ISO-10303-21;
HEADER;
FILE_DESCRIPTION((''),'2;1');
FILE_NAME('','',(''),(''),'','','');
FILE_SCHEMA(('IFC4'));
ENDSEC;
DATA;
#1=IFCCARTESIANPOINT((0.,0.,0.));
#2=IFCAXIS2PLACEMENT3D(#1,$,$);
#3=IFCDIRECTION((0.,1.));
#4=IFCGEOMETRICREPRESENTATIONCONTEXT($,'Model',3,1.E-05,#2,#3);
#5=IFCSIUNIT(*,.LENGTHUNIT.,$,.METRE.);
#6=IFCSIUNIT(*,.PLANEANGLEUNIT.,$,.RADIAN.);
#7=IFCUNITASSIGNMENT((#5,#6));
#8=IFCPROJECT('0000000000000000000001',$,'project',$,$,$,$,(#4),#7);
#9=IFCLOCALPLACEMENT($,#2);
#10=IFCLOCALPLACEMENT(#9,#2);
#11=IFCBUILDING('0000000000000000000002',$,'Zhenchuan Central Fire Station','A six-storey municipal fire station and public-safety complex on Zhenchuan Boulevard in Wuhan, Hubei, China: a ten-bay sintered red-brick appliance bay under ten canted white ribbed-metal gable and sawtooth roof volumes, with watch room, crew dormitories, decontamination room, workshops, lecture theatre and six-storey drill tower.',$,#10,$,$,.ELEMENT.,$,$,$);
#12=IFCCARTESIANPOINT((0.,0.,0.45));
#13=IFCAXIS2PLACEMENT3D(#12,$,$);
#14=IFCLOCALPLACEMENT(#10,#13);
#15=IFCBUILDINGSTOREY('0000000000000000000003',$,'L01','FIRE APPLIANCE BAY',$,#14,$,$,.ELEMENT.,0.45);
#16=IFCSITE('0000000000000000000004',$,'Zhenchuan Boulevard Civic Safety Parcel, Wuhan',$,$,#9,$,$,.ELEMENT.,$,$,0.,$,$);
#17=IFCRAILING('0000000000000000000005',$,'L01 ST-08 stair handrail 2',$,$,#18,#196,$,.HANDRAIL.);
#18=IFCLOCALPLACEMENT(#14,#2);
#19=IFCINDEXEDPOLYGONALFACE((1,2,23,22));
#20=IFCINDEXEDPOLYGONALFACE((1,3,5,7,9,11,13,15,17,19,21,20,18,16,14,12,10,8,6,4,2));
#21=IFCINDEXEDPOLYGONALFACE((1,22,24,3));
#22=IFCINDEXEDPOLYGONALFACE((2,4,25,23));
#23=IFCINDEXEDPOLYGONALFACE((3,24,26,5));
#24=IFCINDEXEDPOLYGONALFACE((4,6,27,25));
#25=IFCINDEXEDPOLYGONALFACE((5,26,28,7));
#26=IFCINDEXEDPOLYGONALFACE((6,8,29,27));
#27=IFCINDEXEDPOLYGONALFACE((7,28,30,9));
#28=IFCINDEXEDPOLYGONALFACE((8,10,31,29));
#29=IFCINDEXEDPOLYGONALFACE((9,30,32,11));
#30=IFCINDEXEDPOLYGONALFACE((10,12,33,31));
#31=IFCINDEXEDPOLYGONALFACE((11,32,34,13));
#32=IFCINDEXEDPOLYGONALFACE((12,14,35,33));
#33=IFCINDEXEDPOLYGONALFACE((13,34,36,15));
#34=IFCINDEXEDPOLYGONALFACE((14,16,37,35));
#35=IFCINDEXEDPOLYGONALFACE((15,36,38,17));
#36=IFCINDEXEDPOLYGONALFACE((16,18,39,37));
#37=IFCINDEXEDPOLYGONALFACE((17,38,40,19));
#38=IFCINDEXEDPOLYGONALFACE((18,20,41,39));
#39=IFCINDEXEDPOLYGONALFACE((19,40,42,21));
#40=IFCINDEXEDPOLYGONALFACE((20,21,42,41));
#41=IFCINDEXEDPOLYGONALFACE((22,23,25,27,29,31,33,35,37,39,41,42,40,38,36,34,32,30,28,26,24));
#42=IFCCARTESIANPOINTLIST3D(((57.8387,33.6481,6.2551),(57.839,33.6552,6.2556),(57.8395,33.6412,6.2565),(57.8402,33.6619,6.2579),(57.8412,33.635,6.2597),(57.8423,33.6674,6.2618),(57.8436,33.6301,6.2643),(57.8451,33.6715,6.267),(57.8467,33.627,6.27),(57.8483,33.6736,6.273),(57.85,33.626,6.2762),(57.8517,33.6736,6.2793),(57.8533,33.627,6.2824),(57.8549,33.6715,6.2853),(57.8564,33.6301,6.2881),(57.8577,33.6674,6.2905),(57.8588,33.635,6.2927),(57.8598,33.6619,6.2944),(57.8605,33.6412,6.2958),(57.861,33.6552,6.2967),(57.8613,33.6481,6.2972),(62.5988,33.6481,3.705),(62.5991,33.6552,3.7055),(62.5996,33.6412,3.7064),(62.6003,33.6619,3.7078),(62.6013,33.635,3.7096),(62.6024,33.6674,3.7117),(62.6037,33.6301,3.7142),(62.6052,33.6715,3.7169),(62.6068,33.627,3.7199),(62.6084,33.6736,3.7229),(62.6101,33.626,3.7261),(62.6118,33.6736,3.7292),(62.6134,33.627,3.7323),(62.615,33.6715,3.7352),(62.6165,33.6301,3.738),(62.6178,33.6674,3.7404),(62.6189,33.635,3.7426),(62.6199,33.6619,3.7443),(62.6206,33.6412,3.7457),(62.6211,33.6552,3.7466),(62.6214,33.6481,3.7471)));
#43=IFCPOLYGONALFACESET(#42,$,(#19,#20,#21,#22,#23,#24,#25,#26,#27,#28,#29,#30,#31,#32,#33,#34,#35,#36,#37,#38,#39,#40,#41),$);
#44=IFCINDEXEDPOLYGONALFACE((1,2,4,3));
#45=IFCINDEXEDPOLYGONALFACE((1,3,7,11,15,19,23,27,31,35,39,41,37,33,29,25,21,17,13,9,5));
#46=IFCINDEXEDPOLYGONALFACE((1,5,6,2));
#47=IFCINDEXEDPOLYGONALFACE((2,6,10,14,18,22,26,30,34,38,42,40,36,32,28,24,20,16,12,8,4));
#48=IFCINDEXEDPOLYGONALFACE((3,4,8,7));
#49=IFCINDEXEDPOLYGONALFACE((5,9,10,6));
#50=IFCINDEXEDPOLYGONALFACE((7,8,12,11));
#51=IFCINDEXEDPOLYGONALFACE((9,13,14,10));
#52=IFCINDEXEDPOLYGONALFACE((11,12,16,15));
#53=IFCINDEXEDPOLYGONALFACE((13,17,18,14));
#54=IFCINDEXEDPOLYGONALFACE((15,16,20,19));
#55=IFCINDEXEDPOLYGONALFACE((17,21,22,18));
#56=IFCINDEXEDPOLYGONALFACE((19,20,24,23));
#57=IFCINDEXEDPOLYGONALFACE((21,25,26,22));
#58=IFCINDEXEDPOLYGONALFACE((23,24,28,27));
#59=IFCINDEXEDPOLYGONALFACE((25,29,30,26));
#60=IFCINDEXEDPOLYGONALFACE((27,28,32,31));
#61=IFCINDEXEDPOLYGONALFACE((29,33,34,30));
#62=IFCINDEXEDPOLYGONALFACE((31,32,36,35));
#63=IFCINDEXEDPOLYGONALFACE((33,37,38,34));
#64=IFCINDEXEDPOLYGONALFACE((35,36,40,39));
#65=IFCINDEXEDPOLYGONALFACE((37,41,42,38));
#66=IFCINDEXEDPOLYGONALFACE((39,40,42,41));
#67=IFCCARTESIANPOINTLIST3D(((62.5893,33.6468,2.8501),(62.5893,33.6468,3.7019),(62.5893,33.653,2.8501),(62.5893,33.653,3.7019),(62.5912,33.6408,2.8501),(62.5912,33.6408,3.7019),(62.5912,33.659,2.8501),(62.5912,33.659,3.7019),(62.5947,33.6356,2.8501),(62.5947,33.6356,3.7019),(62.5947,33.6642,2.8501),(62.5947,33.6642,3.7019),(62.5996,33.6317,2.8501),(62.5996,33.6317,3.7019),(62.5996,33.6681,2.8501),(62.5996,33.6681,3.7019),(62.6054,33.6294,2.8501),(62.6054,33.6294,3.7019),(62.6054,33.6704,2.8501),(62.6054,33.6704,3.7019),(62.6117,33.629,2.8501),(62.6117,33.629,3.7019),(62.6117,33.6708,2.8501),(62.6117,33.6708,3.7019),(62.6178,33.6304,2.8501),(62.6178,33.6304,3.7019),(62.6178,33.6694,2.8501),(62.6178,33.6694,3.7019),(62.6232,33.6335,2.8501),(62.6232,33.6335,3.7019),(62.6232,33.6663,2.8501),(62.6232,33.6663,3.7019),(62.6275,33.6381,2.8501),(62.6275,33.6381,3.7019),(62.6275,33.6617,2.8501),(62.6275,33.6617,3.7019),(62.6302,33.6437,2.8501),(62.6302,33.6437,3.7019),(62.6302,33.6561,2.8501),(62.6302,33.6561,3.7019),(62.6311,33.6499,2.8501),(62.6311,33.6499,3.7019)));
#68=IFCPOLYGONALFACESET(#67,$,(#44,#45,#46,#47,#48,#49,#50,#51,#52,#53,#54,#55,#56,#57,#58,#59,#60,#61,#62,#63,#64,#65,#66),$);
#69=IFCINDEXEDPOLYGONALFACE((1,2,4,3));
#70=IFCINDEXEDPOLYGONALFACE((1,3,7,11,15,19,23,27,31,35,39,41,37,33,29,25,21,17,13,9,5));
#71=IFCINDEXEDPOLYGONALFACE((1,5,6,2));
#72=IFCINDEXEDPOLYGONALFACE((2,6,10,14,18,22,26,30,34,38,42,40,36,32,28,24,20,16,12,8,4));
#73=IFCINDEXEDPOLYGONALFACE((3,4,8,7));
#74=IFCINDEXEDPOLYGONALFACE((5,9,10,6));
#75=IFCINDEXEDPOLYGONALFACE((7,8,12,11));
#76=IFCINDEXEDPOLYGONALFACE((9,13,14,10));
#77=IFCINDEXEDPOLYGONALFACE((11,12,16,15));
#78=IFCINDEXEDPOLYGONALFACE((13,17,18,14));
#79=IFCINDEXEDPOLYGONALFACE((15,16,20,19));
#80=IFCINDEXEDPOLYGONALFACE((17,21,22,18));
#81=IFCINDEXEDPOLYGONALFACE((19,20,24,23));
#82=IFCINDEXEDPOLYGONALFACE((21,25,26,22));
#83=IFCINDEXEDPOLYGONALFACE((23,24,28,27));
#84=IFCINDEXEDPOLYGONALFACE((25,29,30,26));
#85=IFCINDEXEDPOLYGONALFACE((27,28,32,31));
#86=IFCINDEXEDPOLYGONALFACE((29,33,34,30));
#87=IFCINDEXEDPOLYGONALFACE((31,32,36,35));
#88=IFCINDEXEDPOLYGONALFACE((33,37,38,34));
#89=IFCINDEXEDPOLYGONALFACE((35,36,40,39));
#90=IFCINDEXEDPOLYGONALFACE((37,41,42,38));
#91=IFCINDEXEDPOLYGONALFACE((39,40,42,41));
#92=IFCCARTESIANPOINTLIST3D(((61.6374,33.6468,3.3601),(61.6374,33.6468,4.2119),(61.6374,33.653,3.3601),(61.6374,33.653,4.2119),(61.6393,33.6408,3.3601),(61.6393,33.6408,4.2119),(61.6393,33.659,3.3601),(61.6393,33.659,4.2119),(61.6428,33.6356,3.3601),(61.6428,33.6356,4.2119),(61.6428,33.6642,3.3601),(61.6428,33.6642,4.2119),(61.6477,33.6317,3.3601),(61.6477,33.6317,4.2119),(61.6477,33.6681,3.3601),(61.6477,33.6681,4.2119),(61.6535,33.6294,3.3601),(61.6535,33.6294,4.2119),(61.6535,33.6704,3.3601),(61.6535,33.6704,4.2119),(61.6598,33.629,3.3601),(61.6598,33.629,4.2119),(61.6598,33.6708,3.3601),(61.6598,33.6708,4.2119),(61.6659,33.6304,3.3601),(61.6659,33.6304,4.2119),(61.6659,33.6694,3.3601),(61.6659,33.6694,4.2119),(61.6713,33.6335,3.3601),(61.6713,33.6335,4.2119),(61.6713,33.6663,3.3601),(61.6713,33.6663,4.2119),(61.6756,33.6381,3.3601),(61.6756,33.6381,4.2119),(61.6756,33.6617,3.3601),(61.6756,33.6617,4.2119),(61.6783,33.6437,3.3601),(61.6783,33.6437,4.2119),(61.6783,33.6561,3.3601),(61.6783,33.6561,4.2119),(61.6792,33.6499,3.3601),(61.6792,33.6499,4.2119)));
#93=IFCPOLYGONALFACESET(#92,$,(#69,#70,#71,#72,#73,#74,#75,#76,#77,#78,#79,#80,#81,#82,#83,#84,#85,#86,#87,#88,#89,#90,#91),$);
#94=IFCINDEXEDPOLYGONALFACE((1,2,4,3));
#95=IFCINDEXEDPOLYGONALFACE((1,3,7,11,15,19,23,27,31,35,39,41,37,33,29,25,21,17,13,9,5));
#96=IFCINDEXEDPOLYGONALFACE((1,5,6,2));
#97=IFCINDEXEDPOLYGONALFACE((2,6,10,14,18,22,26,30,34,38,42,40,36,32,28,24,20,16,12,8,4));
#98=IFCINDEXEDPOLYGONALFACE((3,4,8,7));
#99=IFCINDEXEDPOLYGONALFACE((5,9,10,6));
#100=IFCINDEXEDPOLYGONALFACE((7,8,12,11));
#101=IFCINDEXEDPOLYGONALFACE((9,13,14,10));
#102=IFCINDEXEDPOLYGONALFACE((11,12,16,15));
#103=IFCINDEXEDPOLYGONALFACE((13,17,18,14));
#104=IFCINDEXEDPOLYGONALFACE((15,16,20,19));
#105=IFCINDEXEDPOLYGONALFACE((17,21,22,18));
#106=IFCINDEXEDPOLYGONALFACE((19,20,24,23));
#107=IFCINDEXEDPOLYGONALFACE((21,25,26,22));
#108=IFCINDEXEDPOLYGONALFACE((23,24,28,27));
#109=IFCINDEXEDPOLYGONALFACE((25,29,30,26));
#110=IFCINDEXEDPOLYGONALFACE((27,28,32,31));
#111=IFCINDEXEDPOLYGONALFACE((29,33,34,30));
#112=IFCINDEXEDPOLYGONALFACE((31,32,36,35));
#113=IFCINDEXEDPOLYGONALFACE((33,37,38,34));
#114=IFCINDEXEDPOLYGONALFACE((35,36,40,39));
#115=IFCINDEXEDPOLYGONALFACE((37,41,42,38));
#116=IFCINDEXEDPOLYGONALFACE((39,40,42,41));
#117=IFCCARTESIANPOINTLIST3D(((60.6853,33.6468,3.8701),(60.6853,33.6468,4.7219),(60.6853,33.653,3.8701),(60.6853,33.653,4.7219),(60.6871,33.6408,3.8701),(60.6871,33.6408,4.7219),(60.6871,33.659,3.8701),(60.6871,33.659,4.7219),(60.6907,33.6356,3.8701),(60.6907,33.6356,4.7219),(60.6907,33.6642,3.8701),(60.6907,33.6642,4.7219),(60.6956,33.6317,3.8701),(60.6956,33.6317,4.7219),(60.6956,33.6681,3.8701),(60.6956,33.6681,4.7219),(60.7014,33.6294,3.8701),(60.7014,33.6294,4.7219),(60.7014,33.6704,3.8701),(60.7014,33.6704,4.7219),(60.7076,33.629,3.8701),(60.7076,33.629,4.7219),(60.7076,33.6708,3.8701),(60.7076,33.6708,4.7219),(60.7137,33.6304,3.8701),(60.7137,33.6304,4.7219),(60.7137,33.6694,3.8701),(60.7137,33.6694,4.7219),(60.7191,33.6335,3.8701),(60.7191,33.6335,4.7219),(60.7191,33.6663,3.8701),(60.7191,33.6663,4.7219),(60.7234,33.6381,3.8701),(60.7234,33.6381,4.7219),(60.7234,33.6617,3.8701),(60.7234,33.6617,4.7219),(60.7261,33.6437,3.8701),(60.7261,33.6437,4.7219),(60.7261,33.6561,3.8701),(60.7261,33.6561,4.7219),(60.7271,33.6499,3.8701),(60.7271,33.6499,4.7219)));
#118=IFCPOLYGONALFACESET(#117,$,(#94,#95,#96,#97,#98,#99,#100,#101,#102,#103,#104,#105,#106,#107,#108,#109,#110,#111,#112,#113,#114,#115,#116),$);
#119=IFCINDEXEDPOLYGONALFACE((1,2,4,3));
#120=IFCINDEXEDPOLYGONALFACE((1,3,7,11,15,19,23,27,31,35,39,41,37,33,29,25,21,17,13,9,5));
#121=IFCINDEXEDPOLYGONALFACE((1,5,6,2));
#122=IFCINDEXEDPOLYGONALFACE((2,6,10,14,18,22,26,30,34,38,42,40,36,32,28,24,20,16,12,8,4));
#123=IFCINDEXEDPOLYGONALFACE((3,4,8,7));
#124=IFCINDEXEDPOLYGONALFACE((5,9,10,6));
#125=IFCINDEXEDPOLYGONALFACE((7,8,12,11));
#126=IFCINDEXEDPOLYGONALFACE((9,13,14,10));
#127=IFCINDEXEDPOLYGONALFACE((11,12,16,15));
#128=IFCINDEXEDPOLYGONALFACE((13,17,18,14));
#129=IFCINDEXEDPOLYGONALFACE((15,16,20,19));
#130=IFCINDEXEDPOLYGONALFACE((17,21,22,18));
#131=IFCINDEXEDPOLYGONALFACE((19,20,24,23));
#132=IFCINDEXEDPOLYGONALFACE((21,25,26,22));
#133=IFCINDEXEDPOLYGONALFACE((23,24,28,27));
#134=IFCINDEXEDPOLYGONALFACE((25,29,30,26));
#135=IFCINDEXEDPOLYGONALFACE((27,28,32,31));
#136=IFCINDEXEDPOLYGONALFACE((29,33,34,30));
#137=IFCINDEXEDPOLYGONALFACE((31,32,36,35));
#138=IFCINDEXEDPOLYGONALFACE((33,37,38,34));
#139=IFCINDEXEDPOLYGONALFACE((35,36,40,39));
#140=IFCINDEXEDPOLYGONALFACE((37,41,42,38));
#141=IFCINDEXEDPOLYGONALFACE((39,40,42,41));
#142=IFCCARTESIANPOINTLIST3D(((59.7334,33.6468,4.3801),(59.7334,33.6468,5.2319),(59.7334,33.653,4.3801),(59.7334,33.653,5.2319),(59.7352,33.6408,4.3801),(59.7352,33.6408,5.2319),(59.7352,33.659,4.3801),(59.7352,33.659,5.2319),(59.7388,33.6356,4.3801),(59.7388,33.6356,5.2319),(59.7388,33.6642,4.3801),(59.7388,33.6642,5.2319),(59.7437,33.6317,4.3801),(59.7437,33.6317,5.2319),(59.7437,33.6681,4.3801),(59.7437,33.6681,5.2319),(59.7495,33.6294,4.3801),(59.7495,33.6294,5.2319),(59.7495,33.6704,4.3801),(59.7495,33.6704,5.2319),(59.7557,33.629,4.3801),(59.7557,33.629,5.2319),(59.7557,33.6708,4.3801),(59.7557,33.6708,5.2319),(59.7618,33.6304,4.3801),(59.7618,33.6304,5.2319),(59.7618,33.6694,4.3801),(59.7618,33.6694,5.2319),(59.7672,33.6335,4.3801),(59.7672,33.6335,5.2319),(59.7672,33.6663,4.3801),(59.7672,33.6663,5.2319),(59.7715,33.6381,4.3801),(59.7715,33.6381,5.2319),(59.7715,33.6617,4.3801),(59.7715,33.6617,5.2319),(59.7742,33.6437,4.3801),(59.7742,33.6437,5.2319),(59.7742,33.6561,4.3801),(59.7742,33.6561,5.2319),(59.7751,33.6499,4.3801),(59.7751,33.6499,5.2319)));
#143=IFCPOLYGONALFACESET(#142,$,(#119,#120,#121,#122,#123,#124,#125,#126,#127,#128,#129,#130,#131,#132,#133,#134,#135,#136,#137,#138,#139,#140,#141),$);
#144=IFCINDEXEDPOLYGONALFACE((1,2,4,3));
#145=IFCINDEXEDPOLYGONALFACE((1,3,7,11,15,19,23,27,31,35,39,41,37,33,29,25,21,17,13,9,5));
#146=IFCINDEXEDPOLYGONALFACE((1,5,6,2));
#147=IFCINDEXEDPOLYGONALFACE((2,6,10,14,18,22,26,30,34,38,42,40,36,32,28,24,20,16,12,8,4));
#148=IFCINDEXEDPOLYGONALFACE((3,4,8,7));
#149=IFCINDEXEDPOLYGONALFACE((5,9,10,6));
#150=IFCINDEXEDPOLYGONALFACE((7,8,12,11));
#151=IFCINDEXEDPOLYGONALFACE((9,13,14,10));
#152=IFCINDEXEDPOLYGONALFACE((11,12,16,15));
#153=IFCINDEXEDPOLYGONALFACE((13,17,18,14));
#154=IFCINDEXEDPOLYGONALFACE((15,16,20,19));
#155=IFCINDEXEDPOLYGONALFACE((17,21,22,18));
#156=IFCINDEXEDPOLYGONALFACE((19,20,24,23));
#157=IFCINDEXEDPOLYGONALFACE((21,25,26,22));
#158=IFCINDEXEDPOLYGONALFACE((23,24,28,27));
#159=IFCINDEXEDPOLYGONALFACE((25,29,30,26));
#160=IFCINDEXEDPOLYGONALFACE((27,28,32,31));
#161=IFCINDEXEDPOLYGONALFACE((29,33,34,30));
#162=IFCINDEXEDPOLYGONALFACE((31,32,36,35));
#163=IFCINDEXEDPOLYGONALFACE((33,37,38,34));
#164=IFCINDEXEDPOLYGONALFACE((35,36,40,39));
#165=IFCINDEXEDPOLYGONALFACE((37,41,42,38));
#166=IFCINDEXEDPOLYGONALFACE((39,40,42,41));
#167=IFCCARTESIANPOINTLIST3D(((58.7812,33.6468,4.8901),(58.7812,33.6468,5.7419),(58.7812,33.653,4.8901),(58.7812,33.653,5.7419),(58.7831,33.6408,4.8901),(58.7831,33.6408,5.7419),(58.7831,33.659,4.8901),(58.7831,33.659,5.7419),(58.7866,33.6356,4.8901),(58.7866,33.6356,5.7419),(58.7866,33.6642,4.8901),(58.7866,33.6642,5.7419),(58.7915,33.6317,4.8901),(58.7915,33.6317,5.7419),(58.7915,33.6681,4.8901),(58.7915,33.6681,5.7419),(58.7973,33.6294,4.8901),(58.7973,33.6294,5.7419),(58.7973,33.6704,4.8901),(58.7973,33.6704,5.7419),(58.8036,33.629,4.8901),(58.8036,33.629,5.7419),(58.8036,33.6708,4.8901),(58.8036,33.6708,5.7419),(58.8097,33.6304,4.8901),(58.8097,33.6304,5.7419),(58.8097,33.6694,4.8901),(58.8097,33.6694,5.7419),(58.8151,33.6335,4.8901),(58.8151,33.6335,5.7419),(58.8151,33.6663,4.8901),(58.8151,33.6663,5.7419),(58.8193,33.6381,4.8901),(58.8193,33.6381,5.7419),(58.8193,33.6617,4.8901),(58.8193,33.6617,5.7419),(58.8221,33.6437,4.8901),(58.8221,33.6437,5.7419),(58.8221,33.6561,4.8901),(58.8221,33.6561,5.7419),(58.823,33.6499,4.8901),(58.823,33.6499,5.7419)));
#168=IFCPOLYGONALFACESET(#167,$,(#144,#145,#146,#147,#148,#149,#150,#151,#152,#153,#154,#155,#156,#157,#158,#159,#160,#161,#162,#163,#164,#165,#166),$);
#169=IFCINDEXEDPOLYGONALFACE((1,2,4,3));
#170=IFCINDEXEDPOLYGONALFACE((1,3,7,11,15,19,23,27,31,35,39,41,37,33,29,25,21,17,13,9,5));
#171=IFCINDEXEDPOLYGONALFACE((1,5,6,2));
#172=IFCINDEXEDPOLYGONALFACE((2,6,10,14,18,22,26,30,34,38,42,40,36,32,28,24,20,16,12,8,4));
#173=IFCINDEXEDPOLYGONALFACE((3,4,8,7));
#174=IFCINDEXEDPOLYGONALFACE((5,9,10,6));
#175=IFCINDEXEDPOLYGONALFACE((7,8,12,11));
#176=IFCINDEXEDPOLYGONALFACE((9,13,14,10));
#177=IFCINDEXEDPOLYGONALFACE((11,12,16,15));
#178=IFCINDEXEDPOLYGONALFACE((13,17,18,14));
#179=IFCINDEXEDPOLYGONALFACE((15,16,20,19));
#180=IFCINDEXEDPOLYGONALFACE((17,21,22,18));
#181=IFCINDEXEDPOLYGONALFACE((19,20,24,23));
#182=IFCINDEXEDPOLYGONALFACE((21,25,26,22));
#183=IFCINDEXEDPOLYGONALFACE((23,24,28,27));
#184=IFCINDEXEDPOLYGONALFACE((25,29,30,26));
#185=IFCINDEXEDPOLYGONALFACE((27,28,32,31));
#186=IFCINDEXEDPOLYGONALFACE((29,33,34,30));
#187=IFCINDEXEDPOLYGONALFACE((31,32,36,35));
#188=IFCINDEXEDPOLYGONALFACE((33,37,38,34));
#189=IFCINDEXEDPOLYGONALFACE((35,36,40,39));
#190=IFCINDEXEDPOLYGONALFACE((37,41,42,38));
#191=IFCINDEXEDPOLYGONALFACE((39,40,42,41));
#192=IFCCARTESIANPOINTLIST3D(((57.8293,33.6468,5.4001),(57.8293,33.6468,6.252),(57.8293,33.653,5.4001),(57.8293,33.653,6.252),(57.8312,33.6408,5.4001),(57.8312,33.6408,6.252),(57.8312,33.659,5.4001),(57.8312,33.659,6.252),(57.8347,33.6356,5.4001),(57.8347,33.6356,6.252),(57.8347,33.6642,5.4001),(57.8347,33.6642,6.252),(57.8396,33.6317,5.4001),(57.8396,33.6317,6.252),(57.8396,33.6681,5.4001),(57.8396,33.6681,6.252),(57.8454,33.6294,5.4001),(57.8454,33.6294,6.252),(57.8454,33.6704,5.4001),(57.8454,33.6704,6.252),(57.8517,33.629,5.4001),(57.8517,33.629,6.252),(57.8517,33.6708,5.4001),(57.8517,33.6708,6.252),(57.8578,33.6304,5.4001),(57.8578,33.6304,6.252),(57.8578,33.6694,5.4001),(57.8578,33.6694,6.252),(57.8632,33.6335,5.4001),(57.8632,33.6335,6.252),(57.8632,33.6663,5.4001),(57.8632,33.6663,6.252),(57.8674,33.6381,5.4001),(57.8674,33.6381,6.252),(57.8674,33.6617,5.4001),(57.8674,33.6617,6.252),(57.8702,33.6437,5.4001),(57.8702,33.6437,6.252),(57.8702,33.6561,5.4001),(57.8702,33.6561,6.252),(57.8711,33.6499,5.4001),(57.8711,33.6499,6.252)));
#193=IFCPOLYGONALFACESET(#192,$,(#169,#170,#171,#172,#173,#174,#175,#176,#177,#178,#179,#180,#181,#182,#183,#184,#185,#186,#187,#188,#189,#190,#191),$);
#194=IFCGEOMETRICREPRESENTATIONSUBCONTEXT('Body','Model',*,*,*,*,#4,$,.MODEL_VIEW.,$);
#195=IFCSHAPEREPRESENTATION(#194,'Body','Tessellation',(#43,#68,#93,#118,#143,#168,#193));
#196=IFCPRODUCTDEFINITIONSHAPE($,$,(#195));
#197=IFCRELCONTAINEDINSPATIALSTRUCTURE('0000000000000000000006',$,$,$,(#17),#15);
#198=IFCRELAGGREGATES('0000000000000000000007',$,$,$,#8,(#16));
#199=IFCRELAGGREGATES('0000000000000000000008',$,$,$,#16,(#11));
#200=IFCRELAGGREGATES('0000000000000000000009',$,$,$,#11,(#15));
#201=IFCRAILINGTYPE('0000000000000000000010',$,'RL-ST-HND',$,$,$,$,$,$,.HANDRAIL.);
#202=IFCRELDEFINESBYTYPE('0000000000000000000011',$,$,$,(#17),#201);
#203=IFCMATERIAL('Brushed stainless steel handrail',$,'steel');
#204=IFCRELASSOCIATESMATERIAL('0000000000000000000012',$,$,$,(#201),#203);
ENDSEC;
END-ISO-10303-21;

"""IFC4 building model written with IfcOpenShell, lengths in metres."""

from ifc_helpers import new_model, si_unit, direction, frame, origin, origin_2d, place, context, subcontext, project, spatial, circle, extrude, material, type_object, element, save


model = new_model("IFC4")

# Units and contexts
model_context = context("Model", 3, precision=1e-05, world=origin(), true_north=direction((0.0, 1.0)))
body_context = subcontext(model_context, "Body", "Model", "MODEL_VIEW")
ifc_project = project(units=[si_unit("LENGTHUNIT", "METRE"), si_unit("PLANEANGLEUNIT", "RADIAN")], contexts=[model_context])

# Site, building, storey
site_placement = place(None, origin())
site = spatial("IfcSite", under=ifc_project, at=site_placement, Name="Zhenchuan Boulevard Civic Safety Parcel, Wuhan", CompositionType="ELEMENT", RefElevation=0.0)
building_placement = place(site_placement, origin())
building = spatial("IfcBuilding", under=site, at=building_placement, Name="Zhenchuan Central Fire Station", Description="A six-storey municipal fire station and public-safety complex on Zhenchuan Boulevard in Wuhan, Hubei, China: a ten-bay sintered red-brick appliance bay under ten canted white ribbed-metal gable and sawtooth roof volumes, with watch room, crew dormitories, decontamination room, workshops, lecture theatre and six-storey drill tower.", CompositionType="ELEMENT")
storey_placement = place(building_placement, frame((0.0, 0.0, 0.45)))
storey = spatial("IfcBuildingStorey", under=building, at=storey_placement, Name="L01", Description="FIRE APPLIANCE BAY", CompositionType="ELEMENT", Elevation=0.45)

# Railing
ifc_material_1 = material(Name="Brushed stainless steel handrail", Category="steel")
railing_type_1 = type_object("IfcRailingType", Name="RL-ST-HND", PredefinedType="HANDRAIL", material=ifc_material_1)
railing_1_placement = place(storey_placement, frame((62.6101, 33.6499, 2.8501)))
element("IfcRailing", 1, at=railing_1_placement, inside=storey, type_object=railing_type_1, Name="L01 ST-08 stair handrail 2", PredefinedType="HANDRAIL", context=body_context, shape_type="SweptSolid", body=[
    extrude(circle(Radius=0.0239, at=origin_2d()), frame((0.0, 0.0, 0.876), z_axis=(-0.881477, 0.0, 0.472228), x_axis=(0.0, -1.0, 0.0)), (0.0, 0.0, 1.0), 5.4001),
    extrude(circle(Radius=0.021, at=origin_2d()), origin(), (0.0, 0.0, 1.0), 0.8518),
    extrude(circle(Radius=0.021, at=origin_2d()), frame((-0.9519, 0.0, 0.51)), (0.0, 0.0, 1.0), 0.8518),
    extrude(circle(Radius=0.021, at=origin_2d()), frame((-1.9041, 0.0, 1.02)), (0.0, 0.0, 1.0), 0.8518),
    extrude(circle(Radius=0.021, at=origin_2d()), frame((-2.856, 0.0, 1.53)), (0.0, 0.0, 1.0), 0.8518),
    extrude(circle(Radius=0.021, at=origin_2d()), frame((-3.8081, 0.0, 2.04)), (0.0, 0.0, 1.0), 0.8518),
    extrude(circle(Radius=0.021, at=origin_2d()), frame((-4.76, 0.0, 2.55)), (0.0, 0.0, 1.0), 0.8518),
])

save(model, "model.ifc")
